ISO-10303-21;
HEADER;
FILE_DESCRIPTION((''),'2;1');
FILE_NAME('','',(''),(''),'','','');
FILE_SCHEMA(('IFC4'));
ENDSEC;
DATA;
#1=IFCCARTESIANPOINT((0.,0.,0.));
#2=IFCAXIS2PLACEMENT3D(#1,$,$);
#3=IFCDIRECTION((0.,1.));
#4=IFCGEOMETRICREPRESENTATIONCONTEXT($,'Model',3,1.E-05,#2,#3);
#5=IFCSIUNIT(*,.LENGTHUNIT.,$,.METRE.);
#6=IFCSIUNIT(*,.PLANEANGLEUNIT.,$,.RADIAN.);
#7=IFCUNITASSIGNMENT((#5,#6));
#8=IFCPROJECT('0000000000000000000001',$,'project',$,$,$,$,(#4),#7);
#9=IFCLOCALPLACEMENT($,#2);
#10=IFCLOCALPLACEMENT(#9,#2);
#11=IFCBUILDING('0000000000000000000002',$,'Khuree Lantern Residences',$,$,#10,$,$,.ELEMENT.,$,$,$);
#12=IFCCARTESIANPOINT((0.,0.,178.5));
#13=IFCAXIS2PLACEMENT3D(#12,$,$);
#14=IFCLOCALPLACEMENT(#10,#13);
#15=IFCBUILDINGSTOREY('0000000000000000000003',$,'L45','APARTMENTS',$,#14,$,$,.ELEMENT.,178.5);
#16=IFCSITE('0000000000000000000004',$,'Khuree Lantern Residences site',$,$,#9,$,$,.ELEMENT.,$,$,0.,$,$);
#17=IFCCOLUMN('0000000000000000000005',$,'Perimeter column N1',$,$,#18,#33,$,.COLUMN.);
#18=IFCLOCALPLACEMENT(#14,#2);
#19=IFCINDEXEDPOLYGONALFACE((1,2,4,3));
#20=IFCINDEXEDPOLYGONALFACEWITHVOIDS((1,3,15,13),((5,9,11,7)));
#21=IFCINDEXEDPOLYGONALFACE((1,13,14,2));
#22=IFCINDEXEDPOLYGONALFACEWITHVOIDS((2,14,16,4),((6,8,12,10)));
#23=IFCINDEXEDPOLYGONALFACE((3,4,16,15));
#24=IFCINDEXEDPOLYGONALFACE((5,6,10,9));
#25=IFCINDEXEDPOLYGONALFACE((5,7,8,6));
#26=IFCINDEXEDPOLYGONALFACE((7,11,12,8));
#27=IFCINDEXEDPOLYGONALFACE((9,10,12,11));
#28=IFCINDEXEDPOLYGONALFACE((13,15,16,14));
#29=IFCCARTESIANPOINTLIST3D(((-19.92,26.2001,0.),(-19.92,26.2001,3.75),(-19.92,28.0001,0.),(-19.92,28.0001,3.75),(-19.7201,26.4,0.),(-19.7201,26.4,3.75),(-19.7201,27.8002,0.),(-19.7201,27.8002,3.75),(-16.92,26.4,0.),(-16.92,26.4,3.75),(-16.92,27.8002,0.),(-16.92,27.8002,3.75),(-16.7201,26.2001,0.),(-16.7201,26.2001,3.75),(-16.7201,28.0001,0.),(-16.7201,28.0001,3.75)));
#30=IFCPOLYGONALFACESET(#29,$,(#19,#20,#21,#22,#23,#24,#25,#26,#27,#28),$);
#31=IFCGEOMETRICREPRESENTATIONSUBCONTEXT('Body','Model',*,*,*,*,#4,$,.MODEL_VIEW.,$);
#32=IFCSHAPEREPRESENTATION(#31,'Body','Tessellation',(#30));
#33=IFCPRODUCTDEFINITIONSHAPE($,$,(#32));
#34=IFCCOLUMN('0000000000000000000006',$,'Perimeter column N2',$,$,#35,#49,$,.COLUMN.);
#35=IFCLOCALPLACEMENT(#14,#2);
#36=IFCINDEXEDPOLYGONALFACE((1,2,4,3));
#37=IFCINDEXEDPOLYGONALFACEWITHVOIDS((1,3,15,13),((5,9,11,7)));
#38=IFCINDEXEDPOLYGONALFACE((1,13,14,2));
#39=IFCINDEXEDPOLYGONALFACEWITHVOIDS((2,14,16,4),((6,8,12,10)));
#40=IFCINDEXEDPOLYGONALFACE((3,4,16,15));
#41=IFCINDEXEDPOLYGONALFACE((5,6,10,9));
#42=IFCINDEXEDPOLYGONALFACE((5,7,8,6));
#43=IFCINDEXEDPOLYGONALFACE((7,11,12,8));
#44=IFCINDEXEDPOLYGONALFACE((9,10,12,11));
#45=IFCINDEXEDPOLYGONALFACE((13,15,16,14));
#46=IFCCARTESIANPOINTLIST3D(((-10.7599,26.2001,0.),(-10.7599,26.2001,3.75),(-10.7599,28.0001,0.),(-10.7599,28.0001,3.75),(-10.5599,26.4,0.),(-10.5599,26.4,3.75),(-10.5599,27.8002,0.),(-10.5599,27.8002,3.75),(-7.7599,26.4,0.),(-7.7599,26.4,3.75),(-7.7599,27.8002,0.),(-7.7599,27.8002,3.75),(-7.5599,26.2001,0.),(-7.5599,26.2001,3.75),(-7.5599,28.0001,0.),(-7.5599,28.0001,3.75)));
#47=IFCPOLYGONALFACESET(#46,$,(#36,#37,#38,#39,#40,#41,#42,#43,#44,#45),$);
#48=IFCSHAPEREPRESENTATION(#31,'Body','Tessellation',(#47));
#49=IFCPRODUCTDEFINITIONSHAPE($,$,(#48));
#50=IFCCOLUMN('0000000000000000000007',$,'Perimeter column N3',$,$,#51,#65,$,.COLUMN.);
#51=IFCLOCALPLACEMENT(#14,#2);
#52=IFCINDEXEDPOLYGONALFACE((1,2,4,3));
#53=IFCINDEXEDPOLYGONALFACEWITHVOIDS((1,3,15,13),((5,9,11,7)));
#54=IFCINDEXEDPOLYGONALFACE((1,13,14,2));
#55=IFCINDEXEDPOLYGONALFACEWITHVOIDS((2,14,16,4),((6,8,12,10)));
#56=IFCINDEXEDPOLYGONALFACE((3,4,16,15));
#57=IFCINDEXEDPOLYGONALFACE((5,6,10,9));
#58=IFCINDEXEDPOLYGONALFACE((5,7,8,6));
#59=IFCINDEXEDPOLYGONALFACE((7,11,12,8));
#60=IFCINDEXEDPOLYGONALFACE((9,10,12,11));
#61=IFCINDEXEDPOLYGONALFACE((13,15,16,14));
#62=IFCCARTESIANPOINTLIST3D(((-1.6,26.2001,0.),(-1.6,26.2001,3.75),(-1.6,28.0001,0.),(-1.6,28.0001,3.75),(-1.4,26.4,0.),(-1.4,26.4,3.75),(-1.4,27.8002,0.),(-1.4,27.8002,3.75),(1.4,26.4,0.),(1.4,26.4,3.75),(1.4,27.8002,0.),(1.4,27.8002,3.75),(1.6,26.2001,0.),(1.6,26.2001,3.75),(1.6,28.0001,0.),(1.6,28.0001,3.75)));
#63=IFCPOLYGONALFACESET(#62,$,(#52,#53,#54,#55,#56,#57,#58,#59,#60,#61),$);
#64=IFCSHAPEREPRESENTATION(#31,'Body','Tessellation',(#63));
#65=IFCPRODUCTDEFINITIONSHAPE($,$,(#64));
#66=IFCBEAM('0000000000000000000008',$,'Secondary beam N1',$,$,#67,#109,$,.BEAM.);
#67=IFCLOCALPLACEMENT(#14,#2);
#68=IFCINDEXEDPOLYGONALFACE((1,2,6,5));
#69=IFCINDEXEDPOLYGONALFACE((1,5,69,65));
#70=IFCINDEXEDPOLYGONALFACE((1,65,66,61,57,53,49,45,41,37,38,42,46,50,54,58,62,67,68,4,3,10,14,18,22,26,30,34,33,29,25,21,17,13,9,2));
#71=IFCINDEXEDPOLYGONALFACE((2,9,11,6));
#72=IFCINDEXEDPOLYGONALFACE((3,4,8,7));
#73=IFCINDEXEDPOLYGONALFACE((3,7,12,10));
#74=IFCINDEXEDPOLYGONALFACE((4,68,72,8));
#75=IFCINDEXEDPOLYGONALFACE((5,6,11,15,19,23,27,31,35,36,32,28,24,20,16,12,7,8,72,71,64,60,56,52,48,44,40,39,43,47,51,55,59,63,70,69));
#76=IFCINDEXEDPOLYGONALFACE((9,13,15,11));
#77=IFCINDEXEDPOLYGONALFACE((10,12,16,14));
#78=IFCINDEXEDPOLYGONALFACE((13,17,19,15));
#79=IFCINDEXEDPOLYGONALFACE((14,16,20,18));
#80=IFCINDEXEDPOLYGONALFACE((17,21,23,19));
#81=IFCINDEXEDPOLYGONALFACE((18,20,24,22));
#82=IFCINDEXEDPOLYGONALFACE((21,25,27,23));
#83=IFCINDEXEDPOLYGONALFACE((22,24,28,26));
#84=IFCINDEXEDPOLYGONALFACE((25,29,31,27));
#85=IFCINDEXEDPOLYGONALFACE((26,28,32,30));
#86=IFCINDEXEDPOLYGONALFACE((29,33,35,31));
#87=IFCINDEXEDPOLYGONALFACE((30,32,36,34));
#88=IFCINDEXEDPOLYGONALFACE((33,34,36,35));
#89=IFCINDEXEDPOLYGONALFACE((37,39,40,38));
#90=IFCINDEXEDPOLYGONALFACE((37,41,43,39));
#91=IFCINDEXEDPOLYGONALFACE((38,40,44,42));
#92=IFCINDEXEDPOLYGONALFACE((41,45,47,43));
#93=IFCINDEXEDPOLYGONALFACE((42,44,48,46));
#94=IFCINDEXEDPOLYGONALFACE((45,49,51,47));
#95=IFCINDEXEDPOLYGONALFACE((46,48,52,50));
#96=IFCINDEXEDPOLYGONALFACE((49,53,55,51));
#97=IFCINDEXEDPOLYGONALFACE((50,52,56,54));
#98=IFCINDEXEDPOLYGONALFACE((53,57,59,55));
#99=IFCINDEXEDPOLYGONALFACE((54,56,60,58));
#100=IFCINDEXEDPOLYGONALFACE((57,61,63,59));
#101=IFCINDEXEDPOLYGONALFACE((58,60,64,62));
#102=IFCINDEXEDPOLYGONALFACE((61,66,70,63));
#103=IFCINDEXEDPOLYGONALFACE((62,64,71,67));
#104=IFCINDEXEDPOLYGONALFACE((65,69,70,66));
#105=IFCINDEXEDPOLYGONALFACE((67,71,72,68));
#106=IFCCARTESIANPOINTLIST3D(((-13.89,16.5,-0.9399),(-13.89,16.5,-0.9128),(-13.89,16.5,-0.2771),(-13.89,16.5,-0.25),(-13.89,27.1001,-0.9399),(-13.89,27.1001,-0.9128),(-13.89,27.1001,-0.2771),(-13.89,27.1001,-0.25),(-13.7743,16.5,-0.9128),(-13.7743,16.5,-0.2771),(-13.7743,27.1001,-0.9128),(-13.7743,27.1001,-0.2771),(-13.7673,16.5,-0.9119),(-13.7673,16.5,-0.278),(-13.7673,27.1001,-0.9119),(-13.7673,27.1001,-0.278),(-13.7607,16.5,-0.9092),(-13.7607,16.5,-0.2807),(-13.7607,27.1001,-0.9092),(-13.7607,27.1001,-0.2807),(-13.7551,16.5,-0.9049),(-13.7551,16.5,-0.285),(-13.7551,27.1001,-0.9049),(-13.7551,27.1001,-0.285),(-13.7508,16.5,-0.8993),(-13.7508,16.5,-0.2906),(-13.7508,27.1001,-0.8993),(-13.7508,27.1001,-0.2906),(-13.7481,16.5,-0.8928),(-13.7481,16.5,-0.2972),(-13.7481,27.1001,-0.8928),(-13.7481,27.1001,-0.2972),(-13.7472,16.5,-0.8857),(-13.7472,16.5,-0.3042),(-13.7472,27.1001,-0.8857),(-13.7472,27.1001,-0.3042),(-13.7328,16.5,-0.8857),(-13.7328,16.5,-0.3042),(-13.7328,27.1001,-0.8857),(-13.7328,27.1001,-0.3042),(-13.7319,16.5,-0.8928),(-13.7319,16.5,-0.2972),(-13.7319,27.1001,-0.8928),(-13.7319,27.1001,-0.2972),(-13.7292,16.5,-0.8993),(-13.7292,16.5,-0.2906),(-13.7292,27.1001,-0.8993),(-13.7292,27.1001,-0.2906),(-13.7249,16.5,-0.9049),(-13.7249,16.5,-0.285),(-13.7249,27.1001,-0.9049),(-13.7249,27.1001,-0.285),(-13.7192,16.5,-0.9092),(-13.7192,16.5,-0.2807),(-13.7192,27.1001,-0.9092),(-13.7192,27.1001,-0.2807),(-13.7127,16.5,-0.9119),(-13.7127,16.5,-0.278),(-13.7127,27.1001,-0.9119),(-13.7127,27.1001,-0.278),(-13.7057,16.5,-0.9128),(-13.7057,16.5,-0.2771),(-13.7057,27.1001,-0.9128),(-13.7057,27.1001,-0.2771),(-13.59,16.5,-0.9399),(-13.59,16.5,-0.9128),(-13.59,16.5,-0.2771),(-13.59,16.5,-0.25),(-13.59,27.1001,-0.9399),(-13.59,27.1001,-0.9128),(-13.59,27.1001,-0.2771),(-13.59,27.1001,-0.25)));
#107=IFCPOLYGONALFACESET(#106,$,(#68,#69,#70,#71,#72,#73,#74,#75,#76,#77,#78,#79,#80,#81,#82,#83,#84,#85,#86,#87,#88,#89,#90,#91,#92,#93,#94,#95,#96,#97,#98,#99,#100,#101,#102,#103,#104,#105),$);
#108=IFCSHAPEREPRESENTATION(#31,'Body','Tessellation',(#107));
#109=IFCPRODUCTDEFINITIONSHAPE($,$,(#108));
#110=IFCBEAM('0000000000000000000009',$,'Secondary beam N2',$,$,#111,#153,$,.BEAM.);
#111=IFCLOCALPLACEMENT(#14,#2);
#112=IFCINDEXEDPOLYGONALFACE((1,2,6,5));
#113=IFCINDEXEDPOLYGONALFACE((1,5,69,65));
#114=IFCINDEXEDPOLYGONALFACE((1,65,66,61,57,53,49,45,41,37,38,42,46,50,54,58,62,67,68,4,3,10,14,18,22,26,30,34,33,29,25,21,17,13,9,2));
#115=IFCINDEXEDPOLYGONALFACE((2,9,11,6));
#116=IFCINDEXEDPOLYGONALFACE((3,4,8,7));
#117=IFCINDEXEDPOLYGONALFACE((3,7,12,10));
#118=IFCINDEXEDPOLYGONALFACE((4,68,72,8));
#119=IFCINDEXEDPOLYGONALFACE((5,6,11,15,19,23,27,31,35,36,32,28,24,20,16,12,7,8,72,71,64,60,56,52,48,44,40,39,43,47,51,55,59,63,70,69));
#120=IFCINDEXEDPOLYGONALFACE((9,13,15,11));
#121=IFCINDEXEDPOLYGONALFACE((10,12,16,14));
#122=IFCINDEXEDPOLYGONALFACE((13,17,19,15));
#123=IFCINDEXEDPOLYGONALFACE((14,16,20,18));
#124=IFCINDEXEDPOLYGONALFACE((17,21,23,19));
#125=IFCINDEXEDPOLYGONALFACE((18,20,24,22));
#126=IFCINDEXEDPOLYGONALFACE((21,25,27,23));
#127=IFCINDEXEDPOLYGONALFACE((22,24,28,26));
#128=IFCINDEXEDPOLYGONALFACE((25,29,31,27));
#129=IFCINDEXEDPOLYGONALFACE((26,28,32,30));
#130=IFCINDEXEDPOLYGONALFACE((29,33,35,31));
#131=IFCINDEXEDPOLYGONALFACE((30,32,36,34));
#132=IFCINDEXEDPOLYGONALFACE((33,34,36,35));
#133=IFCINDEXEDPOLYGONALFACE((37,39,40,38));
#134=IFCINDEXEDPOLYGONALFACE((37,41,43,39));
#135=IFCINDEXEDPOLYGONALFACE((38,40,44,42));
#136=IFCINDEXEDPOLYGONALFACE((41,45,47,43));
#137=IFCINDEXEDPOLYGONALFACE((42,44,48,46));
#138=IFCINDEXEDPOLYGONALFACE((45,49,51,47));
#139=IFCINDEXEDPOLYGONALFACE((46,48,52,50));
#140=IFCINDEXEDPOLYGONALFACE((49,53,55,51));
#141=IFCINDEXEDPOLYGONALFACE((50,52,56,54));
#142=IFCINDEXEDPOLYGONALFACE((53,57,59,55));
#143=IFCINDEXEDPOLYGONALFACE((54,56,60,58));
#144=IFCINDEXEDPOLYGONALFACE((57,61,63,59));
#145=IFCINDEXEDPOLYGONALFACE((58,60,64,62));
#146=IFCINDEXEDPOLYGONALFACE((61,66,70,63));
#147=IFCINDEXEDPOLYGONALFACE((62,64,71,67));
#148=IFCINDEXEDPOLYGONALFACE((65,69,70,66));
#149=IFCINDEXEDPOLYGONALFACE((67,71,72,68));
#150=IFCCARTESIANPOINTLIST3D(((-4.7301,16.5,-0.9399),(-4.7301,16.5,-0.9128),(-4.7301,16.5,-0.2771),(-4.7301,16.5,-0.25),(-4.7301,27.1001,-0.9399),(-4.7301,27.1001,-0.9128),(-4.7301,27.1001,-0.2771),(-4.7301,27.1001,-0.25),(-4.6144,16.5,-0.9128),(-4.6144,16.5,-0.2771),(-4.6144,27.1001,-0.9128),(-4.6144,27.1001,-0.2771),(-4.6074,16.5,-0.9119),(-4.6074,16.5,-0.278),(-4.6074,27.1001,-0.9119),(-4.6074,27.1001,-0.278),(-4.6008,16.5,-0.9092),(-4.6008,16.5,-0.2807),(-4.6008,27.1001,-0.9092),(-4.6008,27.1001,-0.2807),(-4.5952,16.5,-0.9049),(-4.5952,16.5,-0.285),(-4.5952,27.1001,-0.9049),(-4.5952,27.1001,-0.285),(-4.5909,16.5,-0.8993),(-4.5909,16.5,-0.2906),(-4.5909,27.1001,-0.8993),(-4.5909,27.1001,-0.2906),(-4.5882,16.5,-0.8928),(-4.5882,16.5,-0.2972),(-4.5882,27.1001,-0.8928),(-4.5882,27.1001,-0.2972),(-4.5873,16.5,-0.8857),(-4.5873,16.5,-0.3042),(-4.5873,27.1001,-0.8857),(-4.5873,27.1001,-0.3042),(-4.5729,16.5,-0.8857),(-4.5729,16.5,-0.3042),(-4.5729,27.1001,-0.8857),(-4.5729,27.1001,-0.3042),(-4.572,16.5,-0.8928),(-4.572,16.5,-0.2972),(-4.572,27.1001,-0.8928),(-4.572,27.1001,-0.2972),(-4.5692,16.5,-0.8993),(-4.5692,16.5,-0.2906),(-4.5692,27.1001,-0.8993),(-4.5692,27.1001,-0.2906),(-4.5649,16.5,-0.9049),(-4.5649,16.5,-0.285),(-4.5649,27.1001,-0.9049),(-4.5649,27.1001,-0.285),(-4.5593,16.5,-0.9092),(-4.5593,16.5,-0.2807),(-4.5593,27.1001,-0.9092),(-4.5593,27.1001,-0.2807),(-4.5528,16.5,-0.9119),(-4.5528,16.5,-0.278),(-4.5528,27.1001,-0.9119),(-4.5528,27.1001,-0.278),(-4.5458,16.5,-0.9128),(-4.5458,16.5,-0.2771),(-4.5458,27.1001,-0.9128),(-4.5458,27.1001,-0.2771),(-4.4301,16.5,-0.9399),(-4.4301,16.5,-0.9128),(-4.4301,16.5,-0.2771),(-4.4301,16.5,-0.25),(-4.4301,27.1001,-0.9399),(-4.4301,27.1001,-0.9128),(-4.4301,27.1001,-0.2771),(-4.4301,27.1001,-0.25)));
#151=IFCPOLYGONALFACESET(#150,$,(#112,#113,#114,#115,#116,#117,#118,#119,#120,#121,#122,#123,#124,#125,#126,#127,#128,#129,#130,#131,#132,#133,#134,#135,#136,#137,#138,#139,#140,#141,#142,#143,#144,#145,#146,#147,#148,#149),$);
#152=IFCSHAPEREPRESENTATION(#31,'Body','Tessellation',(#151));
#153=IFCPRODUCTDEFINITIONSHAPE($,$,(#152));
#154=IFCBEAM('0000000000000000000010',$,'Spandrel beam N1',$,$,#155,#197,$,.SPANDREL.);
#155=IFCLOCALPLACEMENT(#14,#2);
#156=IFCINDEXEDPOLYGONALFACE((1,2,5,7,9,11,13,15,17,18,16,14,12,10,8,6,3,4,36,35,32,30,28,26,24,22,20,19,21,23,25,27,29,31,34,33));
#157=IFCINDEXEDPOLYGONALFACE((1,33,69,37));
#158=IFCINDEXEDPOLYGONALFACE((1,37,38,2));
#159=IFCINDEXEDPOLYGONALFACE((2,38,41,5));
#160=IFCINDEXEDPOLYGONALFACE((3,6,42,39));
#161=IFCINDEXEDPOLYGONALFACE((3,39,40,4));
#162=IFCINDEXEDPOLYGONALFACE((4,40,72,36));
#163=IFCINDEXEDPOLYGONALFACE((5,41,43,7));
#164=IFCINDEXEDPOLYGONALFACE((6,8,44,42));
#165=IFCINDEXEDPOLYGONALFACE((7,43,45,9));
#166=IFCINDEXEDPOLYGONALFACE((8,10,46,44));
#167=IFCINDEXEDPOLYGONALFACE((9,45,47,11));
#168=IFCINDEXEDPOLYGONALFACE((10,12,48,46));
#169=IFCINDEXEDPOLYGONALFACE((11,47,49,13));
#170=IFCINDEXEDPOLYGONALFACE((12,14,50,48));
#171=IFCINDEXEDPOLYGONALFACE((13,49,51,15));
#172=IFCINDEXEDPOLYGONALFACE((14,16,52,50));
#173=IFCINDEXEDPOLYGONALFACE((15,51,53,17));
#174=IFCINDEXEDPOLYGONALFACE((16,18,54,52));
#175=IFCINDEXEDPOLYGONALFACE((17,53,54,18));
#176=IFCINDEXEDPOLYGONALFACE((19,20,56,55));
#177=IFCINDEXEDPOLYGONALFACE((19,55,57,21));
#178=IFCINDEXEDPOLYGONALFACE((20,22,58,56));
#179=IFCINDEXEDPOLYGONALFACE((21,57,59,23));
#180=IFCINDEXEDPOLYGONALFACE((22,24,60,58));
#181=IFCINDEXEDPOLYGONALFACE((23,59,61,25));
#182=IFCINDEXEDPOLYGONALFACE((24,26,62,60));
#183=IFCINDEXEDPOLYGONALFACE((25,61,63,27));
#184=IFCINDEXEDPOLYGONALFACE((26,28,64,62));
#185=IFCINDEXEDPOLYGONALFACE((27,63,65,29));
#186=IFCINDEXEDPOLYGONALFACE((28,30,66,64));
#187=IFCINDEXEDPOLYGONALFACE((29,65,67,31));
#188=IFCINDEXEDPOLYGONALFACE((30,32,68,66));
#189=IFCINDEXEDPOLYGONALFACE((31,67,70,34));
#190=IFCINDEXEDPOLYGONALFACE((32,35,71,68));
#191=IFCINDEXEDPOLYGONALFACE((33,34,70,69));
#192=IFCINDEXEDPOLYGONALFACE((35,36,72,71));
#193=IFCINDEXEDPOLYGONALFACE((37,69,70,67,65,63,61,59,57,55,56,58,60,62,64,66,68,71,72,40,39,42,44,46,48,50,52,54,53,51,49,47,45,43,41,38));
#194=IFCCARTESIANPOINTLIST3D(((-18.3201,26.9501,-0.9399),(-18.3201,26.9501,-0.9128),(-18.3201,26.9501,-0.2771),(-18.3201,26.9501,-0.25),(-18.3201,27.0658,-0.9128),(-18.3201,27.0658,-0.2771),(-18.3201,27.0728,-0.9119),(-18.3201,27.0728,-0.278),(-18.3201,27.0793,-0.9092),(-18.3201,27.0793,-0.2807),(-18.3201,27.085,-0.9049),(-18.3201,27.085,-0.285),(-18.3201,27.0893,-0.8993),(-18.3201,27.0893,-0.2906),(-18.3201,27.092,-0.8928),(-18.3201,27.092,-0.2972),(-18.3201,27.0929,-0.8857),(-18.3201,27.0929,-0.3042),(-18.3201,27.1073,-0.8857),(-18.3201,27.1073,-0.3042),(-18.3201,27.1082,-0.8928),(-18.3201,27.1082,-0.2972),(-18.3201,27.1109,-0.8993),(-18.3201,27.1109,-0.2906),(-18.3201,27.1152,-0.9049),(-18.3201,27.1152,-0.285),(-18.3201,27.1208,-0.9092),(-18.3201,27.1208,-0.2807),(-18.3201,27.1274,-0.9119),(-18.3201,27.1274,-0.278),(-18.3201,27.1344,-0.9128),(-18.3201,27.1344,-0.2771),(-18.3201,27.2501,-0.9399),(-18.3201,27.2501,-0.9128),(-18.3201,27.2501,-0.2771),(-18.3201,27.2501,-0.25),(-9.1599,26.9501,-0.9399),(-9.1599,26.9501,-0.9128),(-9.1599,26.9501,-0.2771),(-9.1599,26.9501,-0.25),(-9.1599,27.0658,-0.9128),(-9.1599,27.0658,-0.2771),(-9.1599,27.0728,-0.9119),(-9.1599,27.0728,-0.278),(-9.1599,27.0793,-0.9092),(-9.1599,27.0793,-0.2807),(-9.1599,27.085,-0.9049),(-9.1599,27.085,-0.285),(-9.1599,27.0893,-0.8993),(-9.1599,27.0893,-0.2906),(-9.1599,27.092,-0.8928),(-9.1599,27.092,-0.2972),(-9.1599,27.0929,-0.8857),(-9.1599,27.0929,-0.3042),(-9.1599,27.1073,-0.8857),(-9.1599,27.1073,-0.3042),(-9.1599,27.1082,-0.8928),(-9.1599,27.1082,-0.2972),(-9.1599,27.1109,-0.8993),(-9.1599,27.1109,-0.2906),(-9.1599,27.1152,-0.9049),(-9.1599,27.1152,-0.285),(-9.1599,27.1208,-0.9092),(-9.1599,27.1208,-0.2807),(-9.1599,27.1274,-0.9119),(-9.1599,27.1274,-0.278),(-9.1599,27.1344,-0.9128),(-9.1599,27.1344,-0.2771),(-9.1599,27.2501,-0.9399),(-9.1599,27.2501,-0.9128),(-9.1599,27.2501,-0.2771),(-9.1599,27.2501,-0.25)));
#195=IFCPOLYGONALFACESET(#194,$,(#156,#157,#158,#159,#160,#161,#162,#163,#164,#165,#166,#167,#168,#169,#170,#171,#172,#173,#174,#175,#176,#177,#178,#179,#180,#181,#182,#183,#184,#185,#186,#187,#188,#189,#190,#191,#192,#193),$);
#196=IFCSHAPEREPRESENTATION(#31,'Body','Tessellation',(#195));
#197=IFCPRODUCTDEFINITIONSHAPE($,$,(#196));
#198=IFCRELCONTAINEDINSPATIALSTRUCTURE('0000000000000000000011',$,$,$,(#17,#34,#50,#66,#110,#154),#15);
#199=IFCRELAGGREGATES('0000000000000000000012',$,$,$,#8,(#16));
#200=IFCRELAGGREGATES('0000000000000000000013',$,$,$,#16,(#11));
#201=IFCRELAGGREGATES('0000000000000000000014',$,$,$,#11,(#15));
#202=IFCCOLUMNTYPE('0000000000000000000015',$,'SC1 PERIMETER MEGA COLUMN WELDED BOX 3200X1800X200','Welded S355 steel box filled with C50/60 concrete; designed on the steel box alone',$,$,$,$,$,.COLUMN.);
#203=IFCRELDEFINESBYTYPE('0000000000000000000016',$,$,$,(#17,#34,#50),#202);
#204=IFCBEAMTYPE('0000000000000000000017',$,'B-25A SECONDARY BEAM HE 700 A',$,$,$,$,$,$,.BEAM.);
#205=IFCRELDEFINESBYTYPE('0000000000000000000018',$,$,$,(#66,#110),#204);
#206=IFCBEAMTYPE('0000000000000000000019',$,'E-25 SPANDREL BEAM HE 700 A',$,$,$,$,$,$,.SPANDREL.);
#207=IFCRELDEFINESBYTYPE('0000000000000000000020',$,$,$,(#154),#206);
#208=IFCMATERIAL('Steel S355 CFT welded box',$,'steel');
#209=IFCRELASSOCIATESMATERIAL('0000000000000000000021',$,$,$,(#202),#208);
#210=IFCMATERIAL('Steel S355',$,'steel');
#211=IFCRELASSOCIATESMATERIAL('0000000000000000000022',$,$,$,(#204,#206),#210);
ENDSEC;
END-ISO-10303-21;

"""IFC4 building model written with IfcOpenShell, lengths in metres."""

from ifc_helpers import new_model, si_unit, direction, frame, origin, origin_2d, place, context, subcontext, project, spatial, hollow_rectangle, i_section, extrude, material, material_profile, profile_set, type_object, element, save


model = new_model("IFC4")

# Units and contexts
model_context = context("Model", 3, precision=1e-05, world=origin(), true_north=direction((0.0, 1.0)))
body_context = subcontext(model_context, "Body", "Model", "MODEL_VIEW")
ifc_project = project(units=[si_unit("LENGTHUNIT", "METRE"), si_unit("PLANEANGLEUNIT", "RADIAN")], contexts=[model_context])

# Site, building, storey
site_placement = place(None, origin())
site = spatial("IfcSite", under=ifc_project, at=site_placement, Name="Khuree Lantern Residences site", CompositionType="ELEMENT", RefElevation=0.0)
building_placement = place(site_placement, origin())
building = spatial("IfcBuilding", under=site, at=building_placement, Name="Khuree Lantern Residences", CompositionType="ELEMENT")
storey_placement = place(building_placement, frame((0.0, 0.0, 178.5)))
storey = spatial("IfcBuildingStorey", under=building, at=storey_placement, Name="L45", Description="APARTMENTS", CompositionType="ELEMENT", Elevation=178.5)

# Columns
ifc_material_1 = material(Name="Steel S355 CFT welded box", Category="steel")
ifc_material_profile_1 = material_profile(ifc_material_1, hollow_rectangle(XDim=3.2, YDim=1.8, WallThickness=0.2, at=origin_2d()), Name="WELDED BOX 3200X1800X200")
ifc_profile_set_1 = profile_set([ifc_material_profile_1], Name="Steel S355 CFT welded box")
column_type = type_object("IfcColumnType", Name="SC1 PERIMETER MEGA COLUMN WELDED BOX 3200X1800X200", Description="Welded S355 steel box filled with C50/60 concrete; designed on the steel box alone", PredefinedType="COLUMN", material=ifc_profile_set_1)
for number, where, z_axis, x_axis, name in (
    (1, (-18.3201, 27.1001, 0.0), (0.0, 0.0, 1.0), (1.0, 0.0, 0.0), "Perimeter column N1"),
    (2, (-9.1599, 27.1001, 0.0), (0.0, 0.0, 1.0), (1.0, 0.0, 0.0), "Perimeter column N2"),
    (3, (0.0, 27.1001, 0.0), (0.0, 0.0, 1.0), (1.0, 0.0, 0.0), "Perimeter column N3"),
):
    element("IfcColumn", number, at=place(storey_placement, frame(where, z_axis=z_axis, x_axis=x_axis)), inside=storey, type_object=column_type, Name=name, PredefinedType="COLUMN", context=body_context, shape_type="SweptSolid", body=[
        extrude(hollow_rectangle(XDim=3.2, YDim=1.8, WallThickness=0.2, at=origin_2d()), origin(), (0.0, 0.0, 1.0), 3.75),
    ])

# Beams
ifc_material_2 = material(Name="Steel S355", Category="steel")
ifc_material_profile_2 = material_profile(ifc_material_2, i_section(OverallWidth=0.3, OverallDepth=0.6899, WebThickness=0.0144, FlangeThickness=0.0271, FilletRadius=0.0271, at=origin_2d()), Name="HE 700 A")
ifc_profile_set_2 = profile_set([ifc_material_profile_2], Name="Steel S355")
beam_type_1 = type_object("IfcBeamType", Name="B-25A SECONDARY BEAM HE 700 A", PredefinedType="BEAM", material=ifc_profile_set_2)
for number, where, z_axis, x_axis, name in (
    (4, (-13.74, 27.1001, -0.595), (0.0, -1.0, 0.0), (1.0, 0.0, 0.0), "Secondary beam N1"),
    (5, (-4.5801, 27.1001, -0.595), (0.0, -1.0, 0.0), (1.0, 0.0, 0.0), "Secondary beam N2"),
):
    element("IfcBeam", number, at=place(storey_placement, frame(where, z_axis=z_axis, x_axis=x_axis)), inside=storey, type_object=beam_type_1, Name=name, PredefinedType="BEAM", context=body_context, shape_type="SweptSolid", body=[
        extrude(i_section(OverallWidth=0.3, OverallDepth=0.6899, WebThickness=0.0144, FlangeThickness=0.0271, FilletRadius=0.0271, at=origin_2d()), origin(), (0.0, 0.0, 1.0), 10.6001),
    ])
ifc_material_profile_3 = material_profile(ifc_material_2, i_section(OverallWidth=0.3, OverallDepth=0.6899, WebThickness=0.0144, FlangeThickness=0.0271, FilletRadius=0.0271, at=origin_2d()), Name="HE 700 A")
ifc_profile_set_3 = profile_set([ifc_material_profile_3], Name="Steel S355")
beam_type_2 = type_object("IfcBeamType", Name="E-25 SPANDREL BEAM HE 700 A", PredefinedType="SPANDREL", material=ifc_profile_set_3)
beam_1_placement = place(storey_placement, frame((-18.3201, 27.1001, -0.595), z_axis=(1.0, 0.0, 0.0), x_axis=(0.0, 1.0, 0.0)))
element("IfcBeam", 6, at=beam_1_placement, inside=storey, type_object=beam_type_2, Name="Spandrel beam N1", PredefinedType="SPANDREL", context=body_context, shape_type="SweptSolid", body=[
    extrude(i_section(OverallWidth=0.3, OverallDepth=0.6899, WebThickness=0.0144, FlangeThickness=0.0271, FilletRadius=0.0271, at=origin_2d()), origin(), (0.0, 0.0, 1.0), 9.1602),
])

save(model, "model.ifc")
